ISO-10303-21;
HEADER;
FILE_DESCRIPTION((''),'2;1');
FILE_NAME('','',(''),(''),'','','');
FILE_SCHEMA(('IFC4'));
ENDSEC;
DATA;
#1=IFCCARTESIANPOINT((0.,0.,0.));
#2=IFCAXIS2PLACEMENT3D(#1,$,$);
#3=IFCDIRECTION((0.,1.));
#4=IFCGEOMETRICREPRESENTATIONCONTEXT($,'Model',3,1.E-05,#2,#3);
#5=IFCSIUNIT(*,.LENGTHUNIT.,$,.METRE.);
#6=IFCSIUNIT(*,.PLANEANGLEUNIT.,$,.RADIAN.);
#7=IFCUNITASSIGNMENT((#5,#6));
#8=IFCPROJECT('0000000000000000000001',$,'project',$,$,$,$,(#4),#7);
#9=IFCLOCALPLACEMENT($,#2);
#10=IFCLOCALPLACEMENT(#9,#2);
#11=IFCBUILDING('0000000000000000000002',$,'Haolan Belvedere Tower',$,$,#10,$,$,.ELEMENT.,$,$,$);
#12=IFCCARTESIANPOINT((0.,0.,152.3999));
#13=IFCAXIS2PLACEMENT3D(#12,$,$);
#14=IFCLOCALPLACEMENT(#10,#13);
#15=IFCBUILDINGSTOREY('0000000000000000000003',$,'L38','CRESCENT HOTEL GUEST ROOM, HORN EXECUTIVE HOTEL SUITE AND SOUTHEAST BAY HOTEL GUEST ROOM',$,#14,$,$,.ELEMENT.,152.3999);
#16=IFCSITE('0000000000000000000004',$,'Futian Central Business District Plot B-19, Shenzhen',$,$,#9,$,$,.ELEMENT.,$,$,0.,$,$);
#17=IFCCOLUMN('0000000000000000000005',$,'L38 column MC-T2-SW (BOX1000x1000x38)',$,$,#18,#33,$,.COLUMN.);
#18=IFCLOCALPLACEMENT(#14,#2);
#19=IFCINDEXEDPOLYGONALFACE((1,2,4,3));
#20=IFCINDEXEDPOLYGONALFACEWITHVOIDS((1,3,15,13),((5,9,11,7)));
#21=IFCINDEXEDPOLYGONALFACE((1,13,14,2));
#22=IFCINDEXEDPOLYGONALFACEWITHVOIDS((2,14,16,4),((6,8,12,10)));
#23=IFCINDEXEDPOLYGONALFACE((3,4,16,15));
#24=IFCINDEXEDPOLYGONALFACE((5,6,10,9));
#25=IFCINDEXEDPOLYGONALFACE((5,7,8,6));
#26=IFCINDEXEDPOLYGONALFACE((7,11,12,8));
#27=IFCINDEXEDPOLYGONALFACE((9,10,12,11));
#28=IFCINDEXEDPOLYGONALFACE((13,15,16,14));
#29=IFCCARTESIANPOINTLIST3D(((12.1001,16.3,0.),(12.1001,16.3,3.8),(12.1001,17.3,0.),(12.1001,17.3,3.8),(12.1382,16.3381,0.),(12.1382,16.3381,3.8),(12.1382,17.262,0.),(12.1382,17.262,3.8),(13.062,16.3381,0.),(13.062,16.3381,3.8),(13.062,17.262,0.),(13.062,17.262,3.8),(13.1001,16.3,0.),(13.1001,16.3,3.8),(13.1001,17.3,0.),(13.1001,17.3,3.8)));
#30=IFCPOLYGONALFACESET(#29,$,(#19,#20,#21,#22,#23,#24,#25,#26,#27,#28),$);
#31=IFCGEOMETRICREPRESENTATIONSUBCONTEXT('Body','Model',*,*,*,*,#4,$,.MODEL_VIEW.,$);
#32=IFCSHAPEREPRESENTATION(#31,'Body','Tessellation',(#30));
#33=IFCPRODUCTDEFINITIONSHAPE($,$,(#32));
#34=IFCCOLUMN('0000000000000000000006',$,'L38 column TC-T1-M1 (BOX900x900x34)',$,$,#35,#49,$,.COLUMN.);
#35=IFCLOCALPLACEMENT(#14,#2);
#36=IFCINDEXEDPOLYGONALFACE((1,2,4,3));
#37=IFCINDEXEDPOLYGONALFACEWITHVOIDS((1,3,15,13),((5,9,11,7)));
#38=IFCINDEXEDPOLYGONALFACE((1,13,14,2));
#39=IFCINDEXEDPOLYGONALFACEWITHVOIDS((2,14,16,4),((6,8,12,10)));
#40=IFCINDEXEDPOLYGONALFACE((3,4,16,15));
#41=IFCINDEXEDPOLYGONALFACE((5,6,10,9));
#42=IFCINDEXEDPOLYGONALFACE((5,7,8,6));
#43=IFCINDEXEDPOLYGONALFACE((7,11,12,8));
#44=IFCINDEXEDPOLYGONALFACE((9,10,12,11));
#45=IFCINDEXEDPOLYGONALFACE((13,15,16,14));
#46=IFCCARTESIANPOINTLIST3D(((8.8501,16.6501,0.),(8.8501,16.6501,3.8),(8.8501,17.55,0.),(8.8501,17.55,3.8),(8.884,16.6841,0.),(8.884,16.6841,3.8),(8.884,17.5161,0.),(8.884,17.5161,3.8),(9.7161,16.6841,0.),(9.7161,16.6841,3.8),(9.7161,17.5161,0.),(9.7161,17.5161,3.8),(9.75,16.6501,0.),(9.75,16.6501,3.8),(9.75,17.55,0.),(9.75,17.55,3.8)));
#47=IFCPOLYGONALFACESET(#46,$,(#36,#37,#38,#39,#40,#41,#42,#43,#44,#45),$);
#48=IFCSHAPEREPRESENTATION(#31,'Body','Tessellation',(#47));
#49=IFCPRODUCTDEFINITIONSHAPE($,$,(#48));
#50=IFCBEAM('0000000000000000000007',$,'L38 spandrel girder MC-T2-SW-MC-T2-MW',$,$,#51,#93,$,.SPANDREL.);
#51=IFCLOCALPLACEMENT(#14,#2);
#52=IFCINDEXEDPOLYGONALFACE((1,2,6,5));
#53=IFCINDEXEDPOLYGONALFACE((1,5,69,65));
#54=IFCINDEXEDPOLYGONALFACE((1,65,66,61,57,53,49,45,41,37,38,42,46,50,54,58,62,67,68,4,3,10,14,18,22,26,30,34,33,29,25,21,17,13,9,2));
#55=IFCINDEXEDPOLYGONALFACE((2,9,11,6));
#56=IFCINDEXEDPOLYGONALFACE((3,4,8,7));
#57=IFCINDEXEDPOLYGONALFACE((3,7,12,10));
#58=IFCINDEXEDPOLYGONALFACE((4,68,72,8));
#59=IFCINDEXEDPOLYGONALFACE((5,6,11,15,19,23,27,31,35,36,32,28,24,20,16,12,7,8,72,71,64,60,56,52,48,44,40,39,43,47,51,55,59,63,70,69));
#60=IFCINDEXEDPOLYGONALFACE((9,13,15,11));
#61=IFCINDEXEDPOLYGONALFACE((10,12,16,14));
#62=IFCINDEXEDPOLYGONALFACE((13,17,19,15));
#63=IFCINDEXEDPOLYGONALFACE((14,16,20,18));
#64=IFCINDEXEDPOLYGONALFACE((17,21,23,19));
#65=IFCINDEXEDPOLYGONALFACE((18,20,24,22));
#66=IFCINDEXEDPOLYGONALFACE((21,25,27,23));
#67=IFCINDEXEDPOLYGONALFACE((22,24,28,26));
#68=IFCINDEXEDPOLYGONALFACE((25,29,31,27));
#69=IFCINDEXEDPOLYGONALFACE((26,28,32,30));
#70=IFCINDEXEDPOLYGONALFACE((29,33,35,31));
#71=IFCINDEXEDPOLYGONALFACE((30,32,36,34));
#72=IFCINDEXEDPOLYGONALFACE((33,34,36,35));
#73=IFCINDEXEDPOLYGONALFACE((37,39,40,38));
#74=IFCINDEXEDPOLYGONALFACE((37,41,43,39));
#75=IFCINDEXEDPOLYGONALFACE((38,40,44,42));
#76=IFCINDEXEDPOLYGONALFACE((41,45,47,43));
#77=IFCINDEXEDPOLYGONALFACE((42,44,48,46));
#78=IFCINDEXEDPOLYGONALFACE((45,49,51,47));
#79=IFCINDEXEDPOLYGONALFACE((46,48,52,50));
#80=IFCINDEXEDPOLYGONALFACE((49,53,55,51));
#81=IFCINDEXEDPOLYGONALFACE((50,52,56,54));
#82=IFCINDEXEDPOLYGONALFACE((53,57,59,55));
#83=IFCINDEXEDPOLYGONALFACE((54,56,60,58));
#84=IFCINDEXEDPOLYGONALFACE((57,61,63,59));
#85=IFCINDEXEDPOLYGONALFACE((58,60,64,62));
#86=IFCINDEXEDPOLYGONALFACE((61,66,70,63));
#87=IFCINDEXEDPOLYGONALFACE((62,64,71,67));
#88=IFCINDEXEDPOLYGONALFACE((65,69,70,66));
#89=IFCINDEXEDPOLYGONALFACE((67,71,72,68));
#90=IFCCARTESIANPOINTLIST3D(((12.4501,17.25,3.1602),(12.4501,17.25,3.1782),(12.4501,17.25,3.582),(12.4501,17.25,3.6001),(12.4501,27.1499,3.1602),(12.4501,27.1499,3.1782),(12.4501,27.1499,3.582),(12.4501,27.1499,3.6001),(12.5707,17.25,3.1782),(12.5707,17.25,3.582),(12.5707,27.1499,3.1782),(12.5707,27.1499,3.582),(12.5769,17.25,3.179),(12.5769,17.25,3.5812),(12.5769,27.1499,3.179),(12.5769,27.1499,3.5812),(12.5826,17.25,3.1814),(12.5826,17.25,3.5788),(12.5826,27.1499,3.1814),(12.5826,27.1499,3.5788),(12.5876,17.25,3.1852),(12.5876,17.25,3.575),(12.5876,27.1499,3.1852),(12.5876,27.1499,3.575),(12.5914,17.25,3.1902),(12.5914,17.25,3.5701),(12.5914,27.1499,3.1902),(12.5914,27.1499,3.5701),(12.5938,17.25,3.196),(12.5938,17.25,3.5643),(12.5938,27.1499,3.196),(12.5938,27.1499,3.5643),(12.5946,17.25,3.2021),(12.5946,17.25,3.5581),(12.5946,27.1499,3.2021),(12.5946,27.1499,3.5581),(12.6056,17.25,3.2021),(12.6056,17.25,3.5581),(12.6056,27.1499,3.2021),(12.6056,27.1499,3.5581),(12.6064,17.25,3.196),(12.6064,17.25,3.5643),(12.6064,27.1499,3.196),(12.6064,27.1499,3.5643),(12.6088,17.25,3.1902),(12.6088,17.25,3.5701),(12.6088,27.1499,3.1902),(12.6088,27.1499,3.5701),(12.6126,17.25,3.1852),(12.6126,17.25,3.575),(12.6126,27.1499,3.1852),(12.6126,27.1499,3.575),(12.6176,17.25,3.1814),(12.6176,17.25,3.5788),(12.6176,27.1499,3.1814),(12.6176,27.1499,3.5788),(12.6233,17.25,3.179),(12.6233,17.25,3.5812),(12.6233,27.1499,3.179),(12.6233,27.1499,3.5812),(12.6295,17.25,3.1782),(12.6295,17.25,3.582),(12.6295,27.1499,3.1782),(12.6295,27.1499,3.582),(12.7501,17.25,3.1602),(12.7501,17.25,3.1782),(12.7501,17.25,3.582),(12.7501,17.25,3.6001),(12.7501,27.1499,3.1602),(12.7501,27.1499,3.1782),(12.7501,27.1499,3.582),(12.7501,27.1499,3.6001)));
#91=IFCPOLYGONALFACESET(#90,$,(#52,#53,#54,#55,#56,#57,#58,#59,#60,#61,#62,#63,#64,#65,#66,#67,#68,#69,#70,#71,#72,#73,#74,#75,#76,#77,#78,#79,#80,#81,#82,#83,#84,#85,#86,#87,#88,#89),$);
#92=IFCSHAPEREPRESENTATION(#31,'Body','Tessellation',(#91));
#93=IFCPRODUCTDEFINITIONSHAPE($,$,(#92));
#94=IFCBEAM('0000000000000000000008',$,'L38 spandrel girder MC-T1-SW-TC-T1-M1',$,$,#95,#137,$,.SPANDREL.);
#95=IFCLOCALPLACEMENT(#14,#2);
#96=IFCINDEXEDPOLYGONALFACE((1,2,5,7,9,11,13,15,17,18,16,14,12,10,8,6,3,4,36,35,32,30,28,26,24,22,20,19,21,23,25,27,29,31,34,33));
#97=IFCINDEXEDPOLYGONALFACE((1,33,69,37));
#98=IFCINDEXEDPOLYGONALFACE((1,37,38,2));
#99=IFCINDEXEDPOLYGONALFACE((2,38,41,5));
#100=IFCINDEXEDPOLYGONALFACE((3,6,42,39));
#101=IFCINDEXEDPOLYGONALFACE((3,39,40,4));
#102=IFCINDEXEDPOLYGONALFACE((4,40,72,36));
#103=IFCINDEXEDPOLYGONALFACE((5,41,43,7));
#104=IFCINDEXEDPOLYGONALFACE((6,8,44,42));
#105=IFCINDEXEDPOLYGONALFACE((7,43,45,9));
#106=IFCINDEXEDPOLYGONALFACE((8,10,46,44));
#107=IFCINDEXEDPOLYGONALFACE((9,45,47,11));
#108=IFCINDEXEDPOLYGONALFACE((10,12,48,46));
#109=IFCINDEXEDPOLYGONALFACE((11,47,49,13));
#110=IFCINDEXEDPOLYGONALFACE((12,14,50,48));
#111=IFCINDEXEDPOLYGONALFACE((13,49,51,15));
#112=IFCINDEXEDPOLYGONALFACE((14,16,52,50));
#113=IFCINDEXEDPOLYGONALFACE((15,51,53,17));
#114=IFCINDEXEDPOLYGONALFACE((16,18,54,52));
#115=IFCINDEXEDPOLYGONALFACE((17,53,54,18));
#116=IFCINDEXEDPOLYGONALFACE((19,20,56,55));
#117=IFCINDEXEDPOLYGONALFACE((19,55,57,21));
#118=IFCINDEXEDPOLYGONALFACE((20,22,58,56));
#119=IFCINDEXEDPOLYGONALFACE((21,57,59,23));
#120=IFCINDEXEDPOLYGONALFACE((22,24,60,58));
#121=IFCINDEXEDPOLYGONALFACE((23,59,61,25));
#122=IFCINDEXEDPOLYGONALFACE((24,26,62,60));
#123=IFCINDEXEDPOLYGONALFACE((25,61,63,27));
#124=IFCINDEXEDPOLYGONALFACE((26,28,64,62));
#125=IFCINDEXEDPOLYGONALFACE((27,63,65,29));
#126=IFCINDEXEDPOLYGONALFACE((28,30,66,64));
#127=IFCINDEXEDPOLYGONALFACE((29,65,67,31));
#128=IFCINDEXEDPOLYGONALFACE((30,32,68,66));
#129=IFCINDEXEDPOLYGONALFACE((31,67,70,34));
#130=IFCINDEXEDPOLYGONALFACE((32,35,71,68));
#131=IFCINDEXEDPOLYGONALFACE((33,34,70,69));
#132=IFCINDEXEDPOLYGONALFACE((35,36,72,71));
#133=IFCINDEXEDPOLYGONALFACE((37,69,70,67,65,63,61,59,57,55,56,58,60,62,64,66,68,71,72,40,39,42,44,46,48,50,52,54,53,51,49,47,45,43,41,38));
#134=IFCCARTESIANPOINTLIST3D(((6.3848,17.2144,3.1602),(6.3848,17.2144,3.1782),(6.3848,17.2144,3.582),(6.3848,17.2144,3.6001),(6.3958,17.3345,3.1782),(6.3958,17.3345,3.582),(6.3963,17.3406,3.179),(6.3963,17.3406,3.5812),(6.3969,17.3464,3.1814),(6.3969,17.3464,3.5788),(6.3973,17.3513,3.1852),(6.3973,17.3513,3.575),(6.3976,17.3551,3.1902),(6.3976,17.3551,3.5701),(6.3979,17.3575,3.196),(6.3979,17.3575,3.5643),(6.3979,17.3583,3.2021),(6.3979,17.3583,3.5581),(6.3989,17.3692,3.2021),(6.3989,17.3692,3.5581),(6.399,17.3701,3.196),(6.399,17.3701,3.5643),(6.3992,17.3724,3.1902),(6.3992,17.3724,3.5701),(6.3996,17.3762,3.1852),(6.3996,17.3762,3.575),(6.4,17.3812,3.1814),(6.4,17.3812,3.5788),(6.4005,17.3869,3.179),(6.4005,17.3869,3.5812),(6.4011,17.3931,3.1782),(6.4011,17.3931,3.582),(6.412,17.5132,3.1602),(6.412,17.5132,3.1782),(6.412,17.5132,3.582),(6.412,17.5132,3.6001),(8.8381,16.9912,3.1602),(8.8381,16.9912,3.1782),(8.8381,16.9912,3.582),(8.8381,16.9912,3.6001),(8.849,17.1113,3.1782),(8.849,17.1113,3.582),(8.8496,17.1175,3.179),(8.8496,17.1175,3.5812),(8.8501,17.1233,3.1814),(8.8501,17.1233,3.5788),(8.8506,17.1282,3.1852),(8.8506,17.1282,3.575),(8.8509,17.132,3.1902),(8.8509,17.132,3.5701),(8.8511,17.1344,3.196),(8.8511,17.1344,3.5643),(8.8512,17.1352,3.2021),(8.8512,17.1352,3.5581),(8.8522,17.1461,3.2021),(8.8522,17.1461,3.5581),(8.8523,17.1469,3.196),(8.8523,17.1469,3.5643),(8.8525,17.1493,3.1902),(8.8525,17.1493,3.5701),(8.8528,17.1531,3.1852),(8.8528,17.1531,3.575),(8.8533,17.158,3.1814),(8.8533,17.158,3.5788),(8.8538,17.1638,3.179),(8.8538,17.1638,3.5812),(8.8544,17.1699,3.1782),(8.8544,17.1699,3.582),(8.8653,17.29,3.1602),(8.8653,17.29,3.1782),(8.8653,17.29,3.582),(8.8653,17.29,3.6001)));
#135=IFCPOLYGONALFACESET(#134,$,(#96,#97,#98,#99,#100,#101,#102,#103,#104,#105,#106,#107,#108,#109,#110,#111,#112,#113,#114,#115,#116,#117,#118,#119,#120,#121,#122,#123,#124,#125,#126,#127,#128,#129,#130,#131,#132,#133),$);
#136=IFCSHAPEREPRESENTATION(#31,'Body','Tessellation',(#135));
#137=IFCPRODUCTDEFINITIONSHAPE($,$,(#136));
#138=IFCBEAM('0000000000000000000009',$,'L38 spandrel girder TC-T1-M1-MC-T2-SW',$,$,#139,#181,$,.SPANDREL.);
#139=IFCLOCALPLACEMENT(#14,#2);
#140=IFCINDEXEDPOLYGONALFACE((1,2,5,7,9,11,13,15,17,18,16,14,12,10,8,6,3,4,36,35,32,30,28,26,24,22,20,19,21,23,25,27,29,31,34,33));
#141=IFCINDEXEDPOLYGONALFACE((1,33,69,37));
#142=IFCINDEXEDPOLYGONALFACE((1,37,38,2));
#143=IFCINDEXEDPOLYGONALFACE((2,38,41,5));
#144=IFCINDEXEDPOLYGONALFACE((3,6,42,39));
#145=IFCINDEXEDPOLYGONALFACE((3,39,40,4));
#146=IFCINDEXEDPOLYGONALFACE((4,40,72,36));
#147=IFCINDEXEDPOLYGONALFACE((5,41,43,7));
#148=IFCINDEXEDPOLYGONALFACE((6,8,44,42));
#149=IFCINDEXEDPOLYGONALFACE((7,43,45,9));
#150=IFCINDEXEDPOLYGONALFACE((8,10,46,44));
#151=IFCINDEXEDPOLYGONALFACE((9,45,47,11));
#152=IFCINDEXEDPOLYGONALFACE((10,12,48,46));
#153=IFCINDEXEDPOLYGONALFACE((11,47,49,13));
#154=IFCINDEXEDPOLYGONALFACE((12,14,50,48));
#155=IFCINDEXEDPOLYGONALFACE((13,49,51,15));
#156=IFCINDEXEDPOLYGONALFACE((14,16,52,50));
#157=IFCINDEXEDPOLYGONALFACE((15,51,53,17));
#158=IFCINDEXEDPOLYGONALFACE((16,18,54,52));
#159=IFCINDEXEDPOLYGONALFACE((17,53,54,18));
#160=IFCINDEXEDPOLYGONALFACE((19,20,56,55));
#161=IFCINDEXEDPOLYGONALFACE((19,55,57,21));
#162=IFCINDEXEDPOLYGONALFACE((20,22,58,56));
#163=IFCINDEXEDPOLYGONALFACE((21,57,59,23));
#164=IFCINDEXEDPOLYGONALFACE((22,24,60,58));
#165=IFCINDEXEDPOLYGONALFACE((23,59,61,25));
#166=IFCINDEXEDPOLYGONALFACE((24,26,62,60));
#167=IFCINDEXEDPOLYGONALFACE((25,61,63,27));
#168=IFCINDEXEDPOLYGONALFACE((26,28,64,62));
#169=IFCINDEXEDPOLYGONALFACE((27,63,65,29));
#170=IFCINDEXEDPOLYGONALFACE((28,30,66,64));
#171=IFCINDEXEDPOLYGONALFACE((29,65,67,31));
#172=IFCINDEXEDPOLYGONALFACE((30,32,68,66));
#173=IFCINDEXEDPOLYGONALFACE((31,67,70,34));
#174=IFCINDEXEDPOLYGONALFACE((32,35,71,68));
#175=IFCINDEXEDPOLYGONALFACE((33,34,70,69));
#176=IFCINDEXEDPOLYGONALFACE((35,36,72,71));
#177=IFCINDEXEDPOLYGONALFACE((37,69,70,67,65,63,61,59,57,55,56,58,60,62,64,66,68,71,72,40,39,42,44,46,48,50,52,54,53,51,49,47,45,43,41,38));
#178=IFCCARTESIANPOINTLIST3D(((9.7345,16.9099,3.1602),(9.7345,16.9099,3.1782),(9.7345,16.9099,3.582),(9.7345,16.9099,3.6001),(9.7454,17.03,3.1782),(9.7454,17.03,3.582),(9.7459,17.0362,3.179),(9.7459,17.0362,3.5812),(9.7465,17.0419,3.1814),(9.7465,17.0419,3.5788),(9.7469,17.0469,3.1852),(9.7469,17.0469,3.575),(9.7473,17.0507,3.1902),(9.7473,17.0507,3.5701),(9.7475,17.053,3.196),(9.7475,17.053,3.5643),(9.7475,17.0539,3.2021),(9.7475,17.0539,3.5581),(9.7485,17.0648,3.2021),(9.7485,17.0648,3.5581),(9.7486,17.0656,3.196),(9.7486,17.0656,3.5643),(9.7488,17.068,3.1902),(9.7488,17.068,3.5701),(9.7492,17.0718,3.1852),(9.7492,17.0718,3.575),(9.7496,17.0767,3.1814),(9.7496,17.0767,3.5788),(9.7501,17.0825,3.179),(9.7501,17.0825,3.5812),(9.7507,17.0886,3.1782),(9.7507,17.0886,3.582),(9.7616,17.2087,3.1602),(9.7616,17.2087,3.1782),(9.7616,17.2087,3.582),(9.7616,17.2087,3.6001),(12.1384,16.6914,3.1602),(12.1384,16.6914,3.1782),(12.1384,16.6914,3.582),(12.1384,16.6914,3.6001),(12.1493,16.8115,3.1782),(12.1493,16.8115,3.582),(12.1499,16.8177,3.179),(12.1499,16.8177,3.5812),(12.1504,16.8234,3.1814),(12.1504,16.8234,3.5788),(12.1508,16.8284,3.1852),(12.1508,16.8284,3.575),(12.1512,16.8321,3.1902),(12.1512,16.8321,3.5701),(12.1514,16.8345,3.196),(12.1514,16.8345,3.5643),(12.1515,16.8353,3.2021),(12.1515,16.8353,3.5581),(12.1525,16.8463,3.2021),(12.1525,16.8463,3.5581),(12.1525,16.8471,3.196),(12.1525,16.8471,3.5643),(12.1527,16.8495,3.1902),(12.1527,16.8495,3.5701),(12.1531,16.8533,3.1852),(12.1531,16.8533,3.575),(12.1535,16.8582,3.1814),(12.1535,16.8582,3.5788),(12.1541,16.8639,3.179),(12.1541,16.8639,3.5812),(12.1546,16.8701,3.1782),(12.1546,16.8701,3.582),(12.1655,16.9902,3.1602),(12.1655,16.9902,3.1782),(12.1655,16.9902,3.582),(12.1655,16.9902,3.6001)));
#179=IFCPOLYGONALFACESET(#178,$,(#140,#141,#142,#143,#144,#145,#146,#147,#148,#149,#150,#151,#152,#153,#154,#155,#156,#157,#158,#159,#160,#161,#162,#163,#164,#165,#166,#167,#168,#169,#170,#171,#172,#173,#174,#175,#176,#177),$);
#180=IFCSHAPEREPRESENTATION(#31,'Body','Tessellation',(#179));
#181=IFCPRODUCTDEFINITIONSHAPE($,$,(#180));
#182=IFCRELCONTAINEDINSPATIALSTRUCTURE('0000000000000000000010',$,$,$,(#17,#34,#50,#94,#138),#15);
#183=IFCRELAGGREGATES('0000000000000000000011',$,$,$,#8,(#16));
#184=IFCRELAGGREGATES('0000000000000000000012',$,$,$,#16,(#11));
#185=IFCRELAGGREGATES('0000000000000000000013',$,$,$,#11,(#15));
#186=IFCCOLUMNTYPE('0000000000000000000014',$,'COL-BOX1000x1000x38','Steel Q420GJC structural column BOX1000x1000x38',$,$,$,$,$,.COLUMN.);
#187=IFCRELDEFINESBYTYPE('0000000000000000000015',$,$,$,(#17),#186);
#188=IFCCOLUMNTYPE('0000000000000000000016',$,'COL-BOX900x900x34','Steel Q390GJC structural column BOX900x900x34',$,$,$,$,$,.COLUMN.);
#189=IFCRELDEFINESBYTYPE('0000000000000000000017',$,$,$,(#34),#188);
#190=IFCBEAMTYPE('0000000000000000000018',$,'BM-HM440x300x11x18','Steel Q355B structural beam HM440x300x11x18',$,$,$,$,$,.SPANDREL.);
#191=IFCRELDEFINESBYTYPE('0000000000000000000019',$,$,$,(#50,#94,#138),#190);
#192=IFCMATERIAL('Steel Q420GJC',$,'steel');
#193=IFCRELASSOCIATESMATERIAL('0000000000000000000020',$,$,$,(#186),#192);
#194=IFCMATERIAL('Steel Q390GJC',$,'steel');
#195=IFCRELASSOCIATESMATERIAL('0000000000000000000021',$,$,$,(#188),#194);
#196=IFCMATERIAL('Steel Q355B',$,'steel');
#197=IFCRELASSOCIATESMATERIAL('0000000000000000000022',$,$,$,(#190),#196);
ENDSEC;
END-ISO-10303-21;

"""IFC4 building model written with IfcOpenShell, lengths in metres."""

from ifc_helpers import new_model, si_unit, direction, frame, origin, origin_2d, place, context, subcontext, project, spatial, hollow_rectangle, i_section, extrude, material, material_profile, profile_set, type_object, element, save


model = new_model("IFC4")

# Units and contexts
model_context = context("Model", 3, precision=1e-05, world=origin(), true_north=direction((0.0, 1.0)))
body_context = subcontext(model_context, "Body", "Model", "MODEL_VIEW")
ifc_project = project(units=[si_unit("LENGTHUNIT", "METRE"), si_unit("PLANEANGLEUNIT", "RADIAN")], contexts=[model_context])

# Site, building, storey
site_placement = place(None, origin())
site = spatial("IfcSite", under=ifc_project, at=site_placement, Name="Futian Central Business District Plot B-19, Shenzhen", CompositionType="ELEMENT", RefElevation=0.0)
building_placement = place(site_placement, origin())
building = spatial("IfcBuilding", under=site, at=building_placement, Name="Haolan Belvedere Tower", CompositionType="ELEMENT")
storey_placement = place(building_placement, frame((0.0, 0.0, 152.3999)))
storey = spatial("IfcBuildingStorey", under=building, at=storey_placement, Name="L38", Description="CRESCENT HOTEL GUEST ROOM, HORN EXECUTIVE HOTEL SUITE AND SOUTHEAST BAY HOTEL GUEST ROOM", CompositionType="ELEMENT", Elevation=152.3999)

# Columns
ifc_material_1 = material(Name="Steel Q420GJC", Category="steel")
ifc_material_profile_1 = material_profile(ifc_material_1, hollow_rectangle(XDim=1.0, YDim=1.0, WallThickness=0.0381, at=origin_2d()), Name="Steel Q420GJC")
ifc_profile_set_1 = profile_set([ifc_material_profile_1], Name="Steel Q420GJC")
column_type_1 = type_object("IfcColumnType", Name="COL-BOX1000x1000x38", Description="Steel Q420GJC structural column BOX1000x1000x38", PredefinedType="COLUMN", material=ifc_profile_set_1)
column_1_placement = place(storey_placement, frame((12.6001, 16.8, 0.0), z_axis=(0.0, 0.0, 1.0), x_axis=(1.0, 0.0, 0.0)))
element("IfcColumn", 1, at=column_1_placement, inside=storey, type_object=column_type_1, Name="L38 column MC-T2-SW (BOX1000x1000x38)", PredefinedType="COLUMN", context=body_context, shape_type="SweptSolid", body=[
    extrude(hollow_rectangle(XDim=1.0, YDim=1.0, WallThickness=0.0381, at=origin_2d()), origin(), (0.0, 0.0, 1.0), 3.8),
])
ifc_material_2 = material(Name="Steel Q390GJC", Category="steel")
ifc_material_profile_2 = material_profile(ifc_material_2, hollow_rectangle(XDim=0.8999, YDim=0.8999, WallThickness=0.0339, at=origin_2d()), Name="Steel Q390GJC")
ifc_profile_set_2 = profile_set([ifc_material_profile_2], Name="Steel Q390GJC")
column_type_2 = type_object("IfcColumnType", Name="COL-BOX900x900x34", Description="Steel Q390GJC structural column BOX900x900x34", PredefinedType="COLUMN", material=ifc_profile_set_2)
column_2_placement = place(storey_placement, frame((9.3, 17.1001, 0.0), z_axis=(0.0, 0.0, 1.0), x_axis=(1.0, 0.0, 0.0)))
element("IfcColumn", 2, at=column_2_placement, inside=storey, type_object=column_type_2, Name="L38 column TC-T1-M1 (BOX900x900x34)", PredefinedType="COLUMN", context=body_context, shape_type="SweptSolid", body=[
    extrude(hollow_rectangle(XDim=0.8999, YDim=0.8999, WallThickness=0.0339, at=origin_2d()), origin(), (0.0, 0.0, 1.0), 3.8),
])

# Beams
ifc_material_3 = material(Name="Steel Q355B", Category="steel")
ifc_material_profile_3 = material_profile(ifc_material_3, i_section(OverallWidth=0.3, OverallDepth=0.4399, WebThickness=0.011, FlangeThickness=0.0181, FilletRadius=0.0239, at=origin_2d()), Name="Steel Q355B")
ifc_profile_set_3 = profile_set([ifc_material_profile_3], Name="Steel Q355B")
beam_type = type_object("IfcBeamType", Name="BM-HM440x300x11x18", Description="Steel Q355B structural beam HM440x300x11x18", PredefinedType="SPANDREL", material=ifc_profile_set_3)
beam_1_placement = place(storey_placement, frame((12.6001, 17.25, 3.3801), z_axis=(0.0, 1.0, 0.0), x_axis=(-1.0, 0.0, 0.0)))
element("IfcBeam", 3, at=beam_1_placement, inside=storey, type_object=beam_type, Name="L38 spandrel girder MC-T2-SW-MC-T2-MW", PredefinedType="SPANDREL", context=body_context, shape_type="SweptSolid", body=[
    extrude(i_section(OverallWidth=0.3, OverallDepth=0.4399, WebThickness=0.011, FlangeThickness=0.0181, FilletRadius=0.0239, at=origin_2d()), origin(), (0.0, 0.0, 1.0), 9.8999),
])
beam_2_placement = place(storey_placement, frame((6.3984, 17.3638, 3.3801), z_axis=(0.995889, -0.09058, 0.0), x_axis=(0.09058, 0.995889, 0.0)))
element("IfcBeam", 4, at=beam_2_placement, inside=storey, type_object=beam_type, Name="L38 spandrel girder MC-T1-SW-TC-T1-M1", PredefinedType="SPANDREL", context=body_context, shape_type="SweptSolid", body=[
    extrude(i_section(OverallWidth=0.3, OverallDepth=0.4399, WebThickness=0.011, FlangeThickness=0.0181, FilletRadius=0.0239, at=origin_2d()), origin(), (0.0, 0.0, 1.0), 2.4634),
])
beam_3_placement = place(storey_placement, frame((9.748, 17.0593, 3.3801), z_axis=(0.995894, -0.090527, 0.0), x_axis=(0.090527, 0.995894, 0.0)))
element("IfcBeam", 5, at=beam_3_placement, inside=storey, type_object=beam_type, Name="L38 spandrel girder TC-T1-M1-MC-T2-SW", PredefinedType="SPANDREL", context=body_context, shape_type="SweptSolid", body=[
    extrude(i_section(OverallWidth=0.3, OverallDepth=0.4399, WebThickness=0.011, FlangeThickness=0.0181, FilletRadius=0.0239, at=origin_2d()), origin(), (0.0, 0.0, 1.0), 2.4138),
])

save(model, "model.ifc")
